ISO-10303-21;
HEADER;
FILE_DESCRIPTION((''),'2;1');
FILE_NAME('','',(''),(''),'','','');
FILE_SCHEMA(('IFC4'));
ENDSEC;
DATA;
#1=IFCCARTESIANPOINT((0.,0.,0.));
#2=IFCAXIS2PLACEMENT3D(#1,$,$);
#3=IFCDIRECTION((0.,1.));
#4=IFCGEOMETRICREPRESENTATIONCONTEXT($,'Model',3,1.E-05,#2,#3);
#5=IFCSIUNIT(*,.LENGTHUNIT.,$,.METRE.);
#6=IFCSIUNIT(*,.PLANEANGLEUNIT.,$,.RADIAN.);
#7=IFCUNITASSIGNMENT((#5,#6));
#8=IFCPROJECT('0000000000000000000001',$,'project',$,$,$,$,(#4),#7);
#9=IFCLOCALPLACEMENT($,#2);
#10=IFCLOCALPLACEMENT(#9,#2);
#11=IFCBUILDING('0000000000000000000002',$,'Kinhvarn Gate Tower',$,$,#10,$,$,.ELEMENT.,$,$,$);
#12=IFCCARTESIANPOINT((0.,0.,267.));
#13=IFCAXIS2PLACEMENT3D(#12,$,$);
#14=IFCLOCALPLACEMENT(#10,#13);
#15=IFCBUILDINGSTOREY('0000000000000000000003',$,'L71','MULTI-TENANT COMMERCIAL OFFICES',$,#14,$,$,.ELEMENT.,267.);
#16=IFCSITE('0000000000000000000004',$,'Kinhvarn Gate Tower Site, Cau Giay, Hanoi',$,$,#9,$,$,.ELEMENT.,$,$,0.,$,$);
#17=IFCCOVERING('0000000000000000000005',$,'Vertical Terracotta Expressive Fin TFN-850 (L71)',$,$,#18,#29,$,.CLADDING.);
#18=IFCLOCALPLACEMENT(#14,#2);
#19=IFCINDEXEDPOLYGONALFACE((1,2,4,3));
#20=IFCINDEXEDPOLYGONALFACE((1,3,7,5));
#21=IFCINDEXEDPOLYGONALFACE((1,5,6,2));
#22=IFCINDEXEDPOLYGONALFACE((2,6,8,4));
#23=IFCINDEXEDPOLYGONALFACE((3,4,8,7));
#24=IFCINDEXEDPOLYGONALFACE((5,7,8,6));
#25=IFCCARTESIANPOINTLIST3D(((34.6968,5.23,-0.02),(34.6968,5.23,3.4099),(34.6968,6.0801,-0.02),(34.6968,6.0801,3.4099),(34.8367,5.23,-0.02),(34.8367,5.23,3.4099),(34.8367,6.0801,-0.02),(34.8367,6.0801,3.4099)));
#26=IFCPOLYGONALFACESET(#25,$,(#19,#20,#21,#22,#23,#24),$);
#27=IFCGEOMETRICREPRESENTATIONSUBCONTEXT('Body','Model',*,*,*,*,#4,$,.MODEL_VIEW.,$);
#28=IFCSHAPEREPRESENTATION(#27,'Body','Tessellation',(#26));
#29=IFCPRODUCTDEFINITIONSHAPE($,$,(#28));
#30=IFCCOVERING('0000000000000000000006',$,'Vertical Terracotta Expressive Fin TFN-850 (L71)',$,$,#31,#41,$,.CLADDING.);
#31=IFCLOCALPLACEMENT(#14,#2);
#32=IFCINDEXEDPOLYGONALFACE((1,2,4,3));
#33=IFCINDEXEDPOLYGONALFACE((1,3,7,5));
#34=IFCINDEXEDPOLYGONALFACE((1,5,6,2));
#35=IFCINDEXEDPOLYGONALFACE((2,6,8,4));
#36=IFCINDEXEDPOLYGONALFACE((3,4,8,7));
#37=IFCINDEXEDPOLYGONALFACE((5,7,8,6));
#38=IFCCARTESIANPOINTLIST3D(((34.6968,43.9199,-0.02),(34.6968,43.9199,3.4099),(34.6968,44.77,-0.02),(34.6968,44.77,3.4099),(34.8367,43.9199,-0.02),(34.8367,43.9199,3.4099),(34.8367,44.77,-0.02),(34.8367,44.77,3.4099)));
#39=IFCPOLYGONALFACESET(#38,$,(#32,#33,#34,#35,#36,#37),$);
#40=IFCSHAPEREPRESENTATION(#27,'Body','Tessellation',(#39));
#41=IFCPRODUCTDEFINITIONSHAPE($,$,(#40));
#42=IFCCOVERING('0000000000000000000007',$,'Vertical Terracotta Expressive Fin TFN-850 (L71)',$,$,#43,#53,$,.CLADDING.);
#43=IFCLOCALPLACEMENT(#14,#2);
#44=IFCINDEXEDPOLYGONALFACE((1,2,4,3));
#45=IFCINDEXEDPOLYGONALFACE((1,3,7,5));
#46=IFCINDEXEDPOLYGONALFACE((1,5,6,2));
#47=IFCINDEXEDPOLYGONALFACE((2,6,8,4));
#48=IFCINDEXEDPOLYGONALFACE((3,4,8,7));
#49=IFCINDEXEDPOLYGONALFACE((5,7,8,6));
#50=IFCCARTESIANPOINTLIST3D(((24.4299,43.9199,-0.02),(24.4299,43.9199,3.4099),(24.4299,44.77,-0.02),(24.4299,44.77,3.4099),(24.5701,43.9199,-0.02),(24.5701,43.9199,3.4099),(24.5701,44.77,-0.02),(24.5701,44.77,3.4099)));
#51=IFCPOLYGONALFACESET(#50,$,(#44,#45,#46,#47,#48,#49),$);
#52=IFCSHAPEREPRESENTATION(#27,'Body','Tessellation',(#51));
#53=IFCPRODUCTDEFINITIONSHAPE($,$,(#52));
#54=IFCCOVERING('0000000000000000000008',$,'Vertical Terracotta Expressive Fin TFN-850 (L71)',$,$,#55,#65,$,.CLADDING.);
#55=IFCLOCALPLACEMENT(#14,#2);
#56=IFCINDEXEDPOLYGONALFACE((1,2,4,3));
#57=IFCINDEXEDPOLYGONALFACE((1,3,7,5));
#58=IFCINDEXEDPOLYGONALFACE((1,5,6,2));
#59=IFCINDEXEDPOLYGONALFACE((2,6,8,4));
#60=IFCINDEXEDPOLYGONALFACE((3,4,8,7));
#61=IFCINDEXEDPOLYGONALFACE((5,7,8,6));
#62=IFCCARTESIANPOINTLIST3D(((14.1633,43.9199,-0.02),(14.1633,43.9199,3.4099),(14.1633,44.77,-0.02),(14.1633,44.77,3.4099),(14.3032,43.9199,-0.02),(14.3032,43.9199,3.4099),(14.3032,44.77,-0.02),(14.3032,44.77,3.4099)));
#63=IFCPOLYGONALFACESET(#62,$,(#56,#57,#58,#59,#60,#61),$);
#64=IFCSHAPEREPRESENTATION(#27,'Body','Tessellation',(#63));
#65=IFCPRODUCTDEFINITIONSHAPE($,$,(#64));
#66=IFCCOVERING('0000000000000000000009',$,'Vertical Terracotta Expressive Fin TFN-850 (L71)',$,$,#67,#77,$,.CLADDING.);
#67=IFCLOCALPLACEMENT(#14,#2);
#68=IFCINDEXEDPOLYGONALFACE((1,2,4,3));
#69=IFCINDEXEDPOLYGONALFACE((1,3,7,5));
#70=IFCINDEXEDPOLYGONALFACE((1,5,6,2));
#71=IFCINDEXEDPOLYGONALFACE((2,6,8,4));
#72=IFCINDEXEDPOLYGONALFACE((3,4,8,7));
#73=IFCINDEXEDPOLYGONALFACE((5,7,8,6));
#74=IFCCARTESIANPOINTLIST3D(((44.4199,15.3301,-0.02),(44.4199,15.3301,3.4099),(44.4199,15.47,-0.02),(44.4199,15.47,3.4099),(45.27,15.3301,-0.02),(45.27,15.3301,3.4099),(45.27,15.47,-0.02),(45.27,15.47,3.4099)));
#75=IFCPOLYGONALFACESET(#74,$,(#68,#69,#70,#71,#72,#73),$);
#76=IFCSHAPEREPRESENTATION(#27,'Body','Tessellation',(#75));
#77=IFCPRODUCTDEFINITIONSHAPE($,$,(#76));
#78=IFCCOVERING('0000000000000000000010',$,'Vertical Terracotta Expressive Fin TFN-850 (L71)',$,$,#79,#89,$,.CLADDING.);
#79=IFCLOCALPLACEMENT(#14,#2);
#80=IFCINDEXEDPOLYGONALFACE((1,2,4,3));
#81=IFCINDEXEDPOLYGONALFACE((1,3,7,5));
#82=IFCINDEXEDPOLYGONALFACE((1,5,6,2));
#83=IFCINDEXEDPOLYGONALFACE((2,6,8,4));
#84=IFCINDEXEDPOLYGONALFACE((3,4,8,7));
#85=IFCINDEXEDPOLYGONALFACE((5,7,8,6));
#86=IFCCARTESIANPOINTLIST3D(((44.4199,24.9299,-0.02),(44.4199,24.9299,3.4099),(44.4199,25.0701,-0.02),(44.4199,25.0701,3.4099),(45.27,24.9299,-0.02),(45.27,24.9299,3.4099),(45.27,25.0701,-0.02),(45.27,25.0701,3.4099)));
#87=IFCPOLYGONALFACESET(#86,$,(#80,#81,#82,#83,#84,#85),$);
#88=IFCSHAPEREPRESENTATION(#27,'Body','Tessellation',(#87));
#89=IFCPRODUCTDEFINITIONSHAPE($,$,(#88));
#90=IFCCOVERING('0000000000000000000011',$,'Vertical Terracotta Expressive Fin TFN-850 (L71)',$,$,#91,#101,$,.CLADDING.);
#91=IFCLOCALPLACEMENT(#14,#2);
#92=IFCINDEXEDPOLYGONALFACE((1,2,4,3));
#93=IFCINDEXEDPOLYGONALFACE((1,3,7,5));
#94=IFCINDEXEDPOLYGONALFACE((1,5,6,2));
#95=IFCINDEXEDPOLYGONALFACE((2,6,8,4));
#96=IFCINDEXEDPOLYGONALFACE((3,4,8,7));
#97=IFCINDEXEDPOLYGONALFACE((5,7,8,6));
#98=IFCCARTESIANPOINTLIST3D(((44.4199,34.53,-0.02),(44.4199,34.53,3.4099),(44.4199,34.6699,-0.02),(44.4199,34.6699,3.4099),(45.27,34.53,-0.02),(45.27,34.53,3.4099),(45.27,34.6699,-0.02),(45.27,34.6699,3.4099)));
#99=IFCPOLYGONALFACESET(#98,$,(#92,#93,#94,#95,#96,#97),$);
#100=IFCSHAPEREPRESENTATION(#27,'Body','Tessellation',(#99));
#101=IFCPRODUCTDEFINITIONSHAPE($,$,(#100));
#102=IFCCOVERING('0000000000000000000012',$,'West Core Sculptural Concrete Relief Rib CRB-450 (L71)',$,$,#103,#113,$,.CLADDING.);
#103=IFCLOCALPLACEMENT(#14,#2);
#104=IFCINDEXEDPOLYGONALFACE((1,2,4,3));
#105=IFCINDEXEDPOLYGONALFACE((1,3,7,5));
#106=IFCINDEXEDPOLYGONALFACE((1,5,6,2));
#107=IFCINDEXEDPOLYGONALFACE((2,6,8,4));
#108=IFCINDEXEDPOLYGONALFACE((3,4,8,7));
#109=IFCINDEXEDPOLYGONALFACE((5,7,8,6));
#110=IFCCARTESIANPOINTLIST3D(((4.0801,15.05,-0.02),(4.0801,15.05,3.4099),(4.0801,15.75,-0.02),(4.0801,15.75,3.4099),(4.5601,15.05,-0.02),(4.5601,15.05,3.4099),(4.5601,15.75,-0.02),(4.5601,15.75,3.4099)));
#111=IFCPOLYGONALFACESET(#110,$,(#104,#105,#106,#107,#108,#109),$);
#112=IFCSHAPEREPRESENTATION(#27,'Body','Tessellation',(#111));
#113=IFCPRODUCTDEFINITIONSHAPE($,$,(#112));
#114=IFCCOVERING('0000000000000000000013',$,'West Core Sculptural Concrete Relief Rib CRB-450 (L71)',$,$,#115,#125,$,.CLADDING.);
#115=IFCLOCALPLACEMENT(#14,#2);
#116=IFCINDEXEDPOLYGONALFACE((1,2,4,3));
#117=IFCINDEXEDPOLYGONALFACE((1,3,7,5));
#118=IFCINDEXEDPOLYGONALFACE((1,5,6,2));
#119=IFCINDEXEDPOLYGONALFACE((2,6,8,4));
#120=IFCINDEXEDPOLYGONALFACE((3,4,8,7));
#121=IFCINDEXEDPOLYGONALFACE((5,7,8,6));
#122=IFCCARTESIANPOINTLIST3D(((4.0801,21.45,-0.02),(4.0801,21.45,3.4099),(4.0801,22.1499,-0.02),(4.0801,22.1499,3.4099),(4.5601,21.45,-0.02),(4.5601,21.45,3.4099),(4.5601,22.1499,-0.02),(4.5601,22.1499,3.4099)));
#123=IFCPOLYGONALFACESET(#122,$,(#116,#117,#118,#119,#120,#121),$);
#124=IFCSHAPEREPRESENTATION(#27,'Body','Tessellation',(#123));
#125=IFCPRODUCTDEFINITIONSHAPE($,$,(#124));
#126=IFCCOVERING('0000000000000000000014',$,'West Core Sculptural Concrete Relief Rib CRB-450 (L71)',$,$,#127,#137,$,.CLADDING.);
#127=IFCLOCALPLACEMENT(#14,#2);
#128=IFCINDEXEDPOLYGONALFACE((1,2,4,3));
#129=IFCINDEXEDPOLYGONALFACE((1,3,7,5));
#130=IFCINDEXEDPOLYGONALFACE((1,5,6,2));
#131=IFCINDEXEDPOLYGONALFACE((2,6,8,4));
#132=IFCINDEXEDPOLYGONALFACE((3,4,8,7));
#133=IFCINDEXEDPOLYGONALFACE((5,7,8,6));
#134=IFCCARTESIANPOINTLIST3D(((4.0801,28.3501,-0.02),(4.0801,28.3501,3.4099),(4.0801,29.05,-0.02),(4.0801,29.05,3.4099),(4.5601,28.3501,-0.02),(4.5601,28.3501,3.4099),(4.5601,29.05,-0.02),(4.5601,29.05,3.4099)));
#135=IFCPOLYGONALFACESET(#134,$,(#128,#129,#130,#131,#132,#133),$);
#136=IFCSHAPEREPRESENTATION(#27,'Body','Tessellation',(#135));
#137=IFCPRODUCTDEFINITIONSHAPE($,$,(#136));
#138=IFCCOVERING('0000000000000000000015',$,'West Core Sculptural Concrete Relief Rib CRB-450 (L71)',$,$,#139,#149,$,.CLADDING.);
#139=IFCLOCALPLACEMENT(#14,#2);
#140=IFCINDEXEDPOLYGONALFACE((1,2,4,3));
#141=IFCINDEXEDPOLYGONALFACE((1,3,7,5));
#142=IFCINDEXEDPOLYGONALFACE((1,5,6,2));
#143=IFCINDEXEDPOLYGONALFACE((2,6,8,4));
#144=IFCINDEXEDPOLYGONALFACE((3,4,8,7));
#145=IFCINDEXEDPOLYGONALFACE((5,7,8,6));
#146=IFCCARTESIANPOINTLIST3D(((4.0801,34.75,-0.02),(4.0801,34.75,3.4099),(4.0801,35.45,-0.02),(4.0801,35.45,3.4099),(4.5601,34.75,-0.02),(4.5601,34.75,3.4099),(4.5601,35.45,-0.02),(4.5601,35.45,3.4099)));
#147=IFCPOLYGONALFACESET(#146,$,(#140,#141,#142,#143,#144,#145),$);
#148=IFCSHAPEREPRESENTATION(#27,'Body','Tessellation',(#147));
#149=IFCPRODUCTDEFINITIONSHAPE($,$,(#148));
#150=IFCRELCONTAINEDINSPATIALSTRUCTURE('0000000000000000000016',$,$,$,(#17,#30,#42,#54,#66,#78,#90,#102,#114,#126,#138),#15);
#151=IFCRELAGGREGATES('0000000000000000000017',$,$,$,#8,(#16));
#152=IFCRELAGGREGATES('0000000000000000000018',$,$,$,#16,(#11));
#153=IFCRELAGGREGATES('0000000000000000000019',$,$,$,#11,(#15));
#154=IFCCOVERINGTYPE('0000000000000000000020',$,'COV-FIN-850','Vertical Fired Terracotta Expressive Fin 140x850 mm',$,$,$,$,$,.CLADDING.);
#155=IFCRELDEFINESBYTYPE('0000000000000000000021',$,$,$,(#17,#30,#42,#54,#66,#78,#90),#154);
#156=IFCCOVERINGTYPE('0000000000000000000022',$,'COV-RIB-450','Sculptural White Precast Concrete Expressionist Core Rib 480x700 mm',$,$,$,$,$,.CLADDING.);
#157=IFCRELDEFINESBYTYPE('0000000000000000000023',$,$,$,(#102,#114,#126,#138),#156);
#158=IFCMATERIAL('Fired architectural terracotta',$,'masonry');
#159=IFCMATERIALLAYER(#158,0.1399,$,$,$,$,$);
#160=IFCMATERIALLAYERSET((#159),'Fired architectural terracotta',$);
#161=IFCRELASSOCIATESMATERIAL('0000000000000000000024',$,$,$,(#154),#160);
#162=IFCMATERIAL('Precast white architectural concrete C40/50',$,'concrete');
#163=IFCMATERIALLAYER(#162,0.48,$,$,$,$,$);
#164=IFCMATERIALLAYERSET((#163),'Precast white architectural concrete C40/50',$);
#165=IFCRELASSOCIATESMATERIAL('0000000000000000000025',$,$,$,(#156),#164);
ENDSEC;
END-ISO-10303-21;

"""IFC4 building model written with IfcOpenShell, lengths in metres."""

from ifc_helpers import new_model, si_unit, direction, frame, origin, place, context, subcontext, project, spatial, polyline, outline, extrude, material, layer, layer_set, type_object, element, save


model = new_model("IFC4")

# Units and contexts
model_context = context("Model", 3, precision=1e-05, world=origin(), true_north=direction((0.0, 1.0)))
body_context = subcontext(model_context, "Body", "Model", "MODEL_VIEW")
ifc_project = project(units=[si_unit("LENGTHUNIT", "METRE"), si_unit("PLANEANGLEUNIT", "RADIAN")], contexts=[model_context])

# Site, building, storey
site_placement = place(None, origin())
site = spatial("IfcSite", under=ifc_project, at=site_placement, Name="Kinhvarn Gate Tower Site, Cau Giay, Hanoi", CompositionType="ELEMENT", RefElevation=0.0)
building_placement = place(site_placement, origin())
building = spatial("IfcBuilding", under=site, at=building_placement, Name="Kinhvarn Gate Tower", CompositionType="ELEMENT")
storey_placement = place(building_placement, frame((0.0, 0.0, 267.0)))
storey = spatial("IfcBuildingStorey", under=building, at=storey_placement, Name="L71", Description="MULTI-TENANT COMMERCIAL OFFICES", CompositionType="ELEMENT", Elevation=267.0)

# Shared definitions
ifc_material_1 = material(Name="Precast white architectural concrete C40/50", Category="concrete")

# Coverings
ifc_material_2 = material(Name="Fired architectural terracotta", Category="masonry")
ifc_layer_1 = layer(ifc_material_2, 0.1399)
ifc_layer_set_1 = layer_set([ifc_layer_1], Name="Fired architectural terracotta")
covering_type_1 = type_object("IfcCoveringType", Name="COV-FIN-850", Description="Vertical Fired Terracotta Expressive Fin 140x850 mm", PredefinedType="CLADDING", material=ifc_layer_set_1)
covering_1_placement = place(storey_placement, frame((0.0, 0.0, -0.02)))
element("IfcCovering", 1, at=covering_1_placement, inside=storey, type_object=covering_type_1, Name="Vertical Terracotta Expressive Fin TFN-850 (L71)", PredefinedType="CLADDING", context=body_context, shape_type="SweptSolid", body=[
    extrude(outline(polyline([(34.6968, 6.0801), (34.8367, 6.0801), (34.8367, 5.23), (34.6968, 5.23), (34.6968, 6.0801)])), origin(), (0.0, 0.0, 1.0), 3.4299),
])
covering_2_placement = place(storey_placement, frame((0.0, 0.0, -0.02)))
element("IfcCovering", 2, at=covering_2_placement, inside=storey, type_object=covering_type_1, Name="Vertical Terracotta Expressive Fin TFN-850 (L71)", PredefinedType="CLADDING", context=body_context, shape_type="SweptSolid", body=[
    extrude(outline(polyline([(34.8367, 43.9199), (34.6968, 43.9199), (34.6968, 44.77), (34.8367, 44.77), (34.8367, 43.9199)])), origin(), (0.0, 0.0, 1.0), 3.4299),
])
covering_3_placement = place(storey_placement, frame((0.0, 0.0, -0.02)))
element("IfcCovering", 3, at=covering_3_placement, inside=storey, type_object=covering_type_1, Name="Vertical Terracotta Expressive Fin TFN-850 (L71)", PredefinedType="CLADDING", context=body_context, shape_type="SweptSolid", body=[
    extrude(outline(polyline([(24.5701, 43.9199), (24.4299, 43.9199), (24.4299, 44.77), (24.5701, 44.77), (24.5701, 43.9199)])), origin(), (0.0, 0.0, 1.0), 3.4299),
])
covering_4_placement = place(storey_placement, frame((0.0, 0.0, -0.02)))
element("IfcCovering", 4, at=covering_4_placement, inside=storey, type_object=covering_type_1, Name="Vertical Terracotta Expressive Fin TFN-850 (L71)", PredefinedType="CLADDING", context=body_context, shape_type="SweptSolid", body=[
    extrude(outline(polyline([(14.3032, 43.9199), (14.1633, 43.9199), (14.1633, 44.77), (14.3032, 44.77), (14.3032, 43.9199)])), origin(), (0.0, 0.0, 1.0), 3.4299),
])
covering_5_placement = place(storey_placement, frame((0.0, 0.0, -0.02)))
element("IfcCovering", 5, at=covering_5_placement, inside=storey, type_object=covering_type_1, Name="Vertical Terracotta Expressive Fin TFN-850 (L71)", PredefinedType="CLADDING", context=body_context, shape_type="SweptSolid", body=[
    extrude(outline(polyline([(44.4199, 15.3301), (44.4199, 15.47), (45.27, 15.47), (45.27, 15.3301), (44.4199, 15.3301)])), origin(), (0.0, 0.0, 1.0), 3.4299),
])
covering_6_placement = place(storey_placement, frame((0.0, 0.0, -0.02)))
element("IfcCovering", 6, at=covering_6_placement, inside=storey, type_object=covering_type_1, Name="Vertical Terracotta Expressive Fin TFN-850 (L71)", PredefinedType="CLADDING", context=body_context, shape_type="SweptSolid", body=[
    extrude(outline(polyline([(44.4199, 24.9299), (44.4199, 25.0701), (45.27, 25.0701), (45.27, 24.9299), (44.4199, 24.9299)])), origin(), (0.0, 0.0, 1.0), 3.4299),
])
covering_7_placement = place(storey_placement, frame((0.0, 0.0, -0.02)))
element("IfcCovering", 7, at=covering_7_placement, inside=storey, type_object=covering_type_1, Name="Vertical Terracotta Expressive Fin TFN-850 (L71)", PredefinedType="CLADDING", context=body_context, shape_type="SweptSolid", body=[
    extrude(outline(polyline([(44.4199, 34.53), (44.4199, 34.6699), (45.27, 34.6699), (45.27, 34.53), (44.4199, 34.53)])), origin(), (0.0, 0.0, 1.0), 3.4299),
])
ifc_layer_2 = layer(ifc_material_1, 0.48)
ifc_layer_set_2 = layer_set([ifc_layer_2], Name="Precast white architectural concrete C40/50")
covering_type_2 = type_object("IfcCoveringType", Name="COV-RIB-450", Description="Sculptural White Precast Concrete Expressionist Core Rib 480x700 mm", PredefinedType="CLADDING", material=ifc_layer_set_2)
covering_8_placement = place(storey_placement, frame((0.0, 0.0, -0.02)))
element("IfcCovering", 8, at=covering_8_placement, inside=storey, type_object=covering_type_2, Name="West Core Sculptural Concrete Relief Rib CRB-450 (L71)", PredefinedType="CLADDING", context=body_context, shape_type="SweptSolid", body=[
    extrude(outline(polyline([(4.0801, 15.05), (4.5601, 15.05), (4.5601, 15.75), (4.0801, 15.75), (4.0801, 15.05)])), origin(), (0.0, 0.0, 1.0), 3.4299),
])
covering_9_placement = place(storey_placement, frame((0.0, 0.0, -0.02)))
element("IfcCovering", 9, at=covering_9_placement, inside=storey, type_object=covering_type_2, Name="West Core Sculptural Concrete Relief Rib CRB-450 (L71)", PredefinedType="CLADDING", context=body_context, shape_type="SweptSolid", body=[
    extrude(outline(polyline([(4.0801, 21.45), (4.5601, 21.45), (4.5601, 22.1499), (4.0801, 22.1499), (4.0801, 21.45)])), origin(), (0.0, 0.0, 1.0), 3.4299),
])
covering_10_placement = place(storey_placement, frame((0.0, 0.0, -0.02)))
element("IfcCovering", 10, at=covering_10_placement, inside=storey, type_object=covering_type_2, Name="West Core Sculptural Concrete Relief Rib CRB-450 (L71)", PredefinedType="CLADDING", context=body_context, shape_type="SweptSolid", body=[
    extrude(outline(polyline([(4.0801, 28.3501), (4.5601, 28.3501), (4.5601, 29.05), (4.0801, 29.05), (4.0801, 28.3501)])), origin(), (0.0, 0.0, 1.0), 3.4299),
])
covering_11_placement = place(storey_placement, frame((0.0, 0.0, -0.02)))
element("IfcCovering", 11, at=covering_11_placement, inside=storey, type_object=covering_type_2, Name="West Core Sculptural Concrete Relief Rib CRB-450 (L71)", PredefinedType="CLADDING", context=body_context, shape_type="SweptSolid", body=[
    extrude(outline(polyline([(4.0801, 34.75), (4.5601, 34.75), (4.5601, 35.45), (4.0801, 35.45), (4.0801, 34.75)])), origin(), (0.0, 0.0, 1.0), 3.4299),
])

save(model, "model.ifc")
